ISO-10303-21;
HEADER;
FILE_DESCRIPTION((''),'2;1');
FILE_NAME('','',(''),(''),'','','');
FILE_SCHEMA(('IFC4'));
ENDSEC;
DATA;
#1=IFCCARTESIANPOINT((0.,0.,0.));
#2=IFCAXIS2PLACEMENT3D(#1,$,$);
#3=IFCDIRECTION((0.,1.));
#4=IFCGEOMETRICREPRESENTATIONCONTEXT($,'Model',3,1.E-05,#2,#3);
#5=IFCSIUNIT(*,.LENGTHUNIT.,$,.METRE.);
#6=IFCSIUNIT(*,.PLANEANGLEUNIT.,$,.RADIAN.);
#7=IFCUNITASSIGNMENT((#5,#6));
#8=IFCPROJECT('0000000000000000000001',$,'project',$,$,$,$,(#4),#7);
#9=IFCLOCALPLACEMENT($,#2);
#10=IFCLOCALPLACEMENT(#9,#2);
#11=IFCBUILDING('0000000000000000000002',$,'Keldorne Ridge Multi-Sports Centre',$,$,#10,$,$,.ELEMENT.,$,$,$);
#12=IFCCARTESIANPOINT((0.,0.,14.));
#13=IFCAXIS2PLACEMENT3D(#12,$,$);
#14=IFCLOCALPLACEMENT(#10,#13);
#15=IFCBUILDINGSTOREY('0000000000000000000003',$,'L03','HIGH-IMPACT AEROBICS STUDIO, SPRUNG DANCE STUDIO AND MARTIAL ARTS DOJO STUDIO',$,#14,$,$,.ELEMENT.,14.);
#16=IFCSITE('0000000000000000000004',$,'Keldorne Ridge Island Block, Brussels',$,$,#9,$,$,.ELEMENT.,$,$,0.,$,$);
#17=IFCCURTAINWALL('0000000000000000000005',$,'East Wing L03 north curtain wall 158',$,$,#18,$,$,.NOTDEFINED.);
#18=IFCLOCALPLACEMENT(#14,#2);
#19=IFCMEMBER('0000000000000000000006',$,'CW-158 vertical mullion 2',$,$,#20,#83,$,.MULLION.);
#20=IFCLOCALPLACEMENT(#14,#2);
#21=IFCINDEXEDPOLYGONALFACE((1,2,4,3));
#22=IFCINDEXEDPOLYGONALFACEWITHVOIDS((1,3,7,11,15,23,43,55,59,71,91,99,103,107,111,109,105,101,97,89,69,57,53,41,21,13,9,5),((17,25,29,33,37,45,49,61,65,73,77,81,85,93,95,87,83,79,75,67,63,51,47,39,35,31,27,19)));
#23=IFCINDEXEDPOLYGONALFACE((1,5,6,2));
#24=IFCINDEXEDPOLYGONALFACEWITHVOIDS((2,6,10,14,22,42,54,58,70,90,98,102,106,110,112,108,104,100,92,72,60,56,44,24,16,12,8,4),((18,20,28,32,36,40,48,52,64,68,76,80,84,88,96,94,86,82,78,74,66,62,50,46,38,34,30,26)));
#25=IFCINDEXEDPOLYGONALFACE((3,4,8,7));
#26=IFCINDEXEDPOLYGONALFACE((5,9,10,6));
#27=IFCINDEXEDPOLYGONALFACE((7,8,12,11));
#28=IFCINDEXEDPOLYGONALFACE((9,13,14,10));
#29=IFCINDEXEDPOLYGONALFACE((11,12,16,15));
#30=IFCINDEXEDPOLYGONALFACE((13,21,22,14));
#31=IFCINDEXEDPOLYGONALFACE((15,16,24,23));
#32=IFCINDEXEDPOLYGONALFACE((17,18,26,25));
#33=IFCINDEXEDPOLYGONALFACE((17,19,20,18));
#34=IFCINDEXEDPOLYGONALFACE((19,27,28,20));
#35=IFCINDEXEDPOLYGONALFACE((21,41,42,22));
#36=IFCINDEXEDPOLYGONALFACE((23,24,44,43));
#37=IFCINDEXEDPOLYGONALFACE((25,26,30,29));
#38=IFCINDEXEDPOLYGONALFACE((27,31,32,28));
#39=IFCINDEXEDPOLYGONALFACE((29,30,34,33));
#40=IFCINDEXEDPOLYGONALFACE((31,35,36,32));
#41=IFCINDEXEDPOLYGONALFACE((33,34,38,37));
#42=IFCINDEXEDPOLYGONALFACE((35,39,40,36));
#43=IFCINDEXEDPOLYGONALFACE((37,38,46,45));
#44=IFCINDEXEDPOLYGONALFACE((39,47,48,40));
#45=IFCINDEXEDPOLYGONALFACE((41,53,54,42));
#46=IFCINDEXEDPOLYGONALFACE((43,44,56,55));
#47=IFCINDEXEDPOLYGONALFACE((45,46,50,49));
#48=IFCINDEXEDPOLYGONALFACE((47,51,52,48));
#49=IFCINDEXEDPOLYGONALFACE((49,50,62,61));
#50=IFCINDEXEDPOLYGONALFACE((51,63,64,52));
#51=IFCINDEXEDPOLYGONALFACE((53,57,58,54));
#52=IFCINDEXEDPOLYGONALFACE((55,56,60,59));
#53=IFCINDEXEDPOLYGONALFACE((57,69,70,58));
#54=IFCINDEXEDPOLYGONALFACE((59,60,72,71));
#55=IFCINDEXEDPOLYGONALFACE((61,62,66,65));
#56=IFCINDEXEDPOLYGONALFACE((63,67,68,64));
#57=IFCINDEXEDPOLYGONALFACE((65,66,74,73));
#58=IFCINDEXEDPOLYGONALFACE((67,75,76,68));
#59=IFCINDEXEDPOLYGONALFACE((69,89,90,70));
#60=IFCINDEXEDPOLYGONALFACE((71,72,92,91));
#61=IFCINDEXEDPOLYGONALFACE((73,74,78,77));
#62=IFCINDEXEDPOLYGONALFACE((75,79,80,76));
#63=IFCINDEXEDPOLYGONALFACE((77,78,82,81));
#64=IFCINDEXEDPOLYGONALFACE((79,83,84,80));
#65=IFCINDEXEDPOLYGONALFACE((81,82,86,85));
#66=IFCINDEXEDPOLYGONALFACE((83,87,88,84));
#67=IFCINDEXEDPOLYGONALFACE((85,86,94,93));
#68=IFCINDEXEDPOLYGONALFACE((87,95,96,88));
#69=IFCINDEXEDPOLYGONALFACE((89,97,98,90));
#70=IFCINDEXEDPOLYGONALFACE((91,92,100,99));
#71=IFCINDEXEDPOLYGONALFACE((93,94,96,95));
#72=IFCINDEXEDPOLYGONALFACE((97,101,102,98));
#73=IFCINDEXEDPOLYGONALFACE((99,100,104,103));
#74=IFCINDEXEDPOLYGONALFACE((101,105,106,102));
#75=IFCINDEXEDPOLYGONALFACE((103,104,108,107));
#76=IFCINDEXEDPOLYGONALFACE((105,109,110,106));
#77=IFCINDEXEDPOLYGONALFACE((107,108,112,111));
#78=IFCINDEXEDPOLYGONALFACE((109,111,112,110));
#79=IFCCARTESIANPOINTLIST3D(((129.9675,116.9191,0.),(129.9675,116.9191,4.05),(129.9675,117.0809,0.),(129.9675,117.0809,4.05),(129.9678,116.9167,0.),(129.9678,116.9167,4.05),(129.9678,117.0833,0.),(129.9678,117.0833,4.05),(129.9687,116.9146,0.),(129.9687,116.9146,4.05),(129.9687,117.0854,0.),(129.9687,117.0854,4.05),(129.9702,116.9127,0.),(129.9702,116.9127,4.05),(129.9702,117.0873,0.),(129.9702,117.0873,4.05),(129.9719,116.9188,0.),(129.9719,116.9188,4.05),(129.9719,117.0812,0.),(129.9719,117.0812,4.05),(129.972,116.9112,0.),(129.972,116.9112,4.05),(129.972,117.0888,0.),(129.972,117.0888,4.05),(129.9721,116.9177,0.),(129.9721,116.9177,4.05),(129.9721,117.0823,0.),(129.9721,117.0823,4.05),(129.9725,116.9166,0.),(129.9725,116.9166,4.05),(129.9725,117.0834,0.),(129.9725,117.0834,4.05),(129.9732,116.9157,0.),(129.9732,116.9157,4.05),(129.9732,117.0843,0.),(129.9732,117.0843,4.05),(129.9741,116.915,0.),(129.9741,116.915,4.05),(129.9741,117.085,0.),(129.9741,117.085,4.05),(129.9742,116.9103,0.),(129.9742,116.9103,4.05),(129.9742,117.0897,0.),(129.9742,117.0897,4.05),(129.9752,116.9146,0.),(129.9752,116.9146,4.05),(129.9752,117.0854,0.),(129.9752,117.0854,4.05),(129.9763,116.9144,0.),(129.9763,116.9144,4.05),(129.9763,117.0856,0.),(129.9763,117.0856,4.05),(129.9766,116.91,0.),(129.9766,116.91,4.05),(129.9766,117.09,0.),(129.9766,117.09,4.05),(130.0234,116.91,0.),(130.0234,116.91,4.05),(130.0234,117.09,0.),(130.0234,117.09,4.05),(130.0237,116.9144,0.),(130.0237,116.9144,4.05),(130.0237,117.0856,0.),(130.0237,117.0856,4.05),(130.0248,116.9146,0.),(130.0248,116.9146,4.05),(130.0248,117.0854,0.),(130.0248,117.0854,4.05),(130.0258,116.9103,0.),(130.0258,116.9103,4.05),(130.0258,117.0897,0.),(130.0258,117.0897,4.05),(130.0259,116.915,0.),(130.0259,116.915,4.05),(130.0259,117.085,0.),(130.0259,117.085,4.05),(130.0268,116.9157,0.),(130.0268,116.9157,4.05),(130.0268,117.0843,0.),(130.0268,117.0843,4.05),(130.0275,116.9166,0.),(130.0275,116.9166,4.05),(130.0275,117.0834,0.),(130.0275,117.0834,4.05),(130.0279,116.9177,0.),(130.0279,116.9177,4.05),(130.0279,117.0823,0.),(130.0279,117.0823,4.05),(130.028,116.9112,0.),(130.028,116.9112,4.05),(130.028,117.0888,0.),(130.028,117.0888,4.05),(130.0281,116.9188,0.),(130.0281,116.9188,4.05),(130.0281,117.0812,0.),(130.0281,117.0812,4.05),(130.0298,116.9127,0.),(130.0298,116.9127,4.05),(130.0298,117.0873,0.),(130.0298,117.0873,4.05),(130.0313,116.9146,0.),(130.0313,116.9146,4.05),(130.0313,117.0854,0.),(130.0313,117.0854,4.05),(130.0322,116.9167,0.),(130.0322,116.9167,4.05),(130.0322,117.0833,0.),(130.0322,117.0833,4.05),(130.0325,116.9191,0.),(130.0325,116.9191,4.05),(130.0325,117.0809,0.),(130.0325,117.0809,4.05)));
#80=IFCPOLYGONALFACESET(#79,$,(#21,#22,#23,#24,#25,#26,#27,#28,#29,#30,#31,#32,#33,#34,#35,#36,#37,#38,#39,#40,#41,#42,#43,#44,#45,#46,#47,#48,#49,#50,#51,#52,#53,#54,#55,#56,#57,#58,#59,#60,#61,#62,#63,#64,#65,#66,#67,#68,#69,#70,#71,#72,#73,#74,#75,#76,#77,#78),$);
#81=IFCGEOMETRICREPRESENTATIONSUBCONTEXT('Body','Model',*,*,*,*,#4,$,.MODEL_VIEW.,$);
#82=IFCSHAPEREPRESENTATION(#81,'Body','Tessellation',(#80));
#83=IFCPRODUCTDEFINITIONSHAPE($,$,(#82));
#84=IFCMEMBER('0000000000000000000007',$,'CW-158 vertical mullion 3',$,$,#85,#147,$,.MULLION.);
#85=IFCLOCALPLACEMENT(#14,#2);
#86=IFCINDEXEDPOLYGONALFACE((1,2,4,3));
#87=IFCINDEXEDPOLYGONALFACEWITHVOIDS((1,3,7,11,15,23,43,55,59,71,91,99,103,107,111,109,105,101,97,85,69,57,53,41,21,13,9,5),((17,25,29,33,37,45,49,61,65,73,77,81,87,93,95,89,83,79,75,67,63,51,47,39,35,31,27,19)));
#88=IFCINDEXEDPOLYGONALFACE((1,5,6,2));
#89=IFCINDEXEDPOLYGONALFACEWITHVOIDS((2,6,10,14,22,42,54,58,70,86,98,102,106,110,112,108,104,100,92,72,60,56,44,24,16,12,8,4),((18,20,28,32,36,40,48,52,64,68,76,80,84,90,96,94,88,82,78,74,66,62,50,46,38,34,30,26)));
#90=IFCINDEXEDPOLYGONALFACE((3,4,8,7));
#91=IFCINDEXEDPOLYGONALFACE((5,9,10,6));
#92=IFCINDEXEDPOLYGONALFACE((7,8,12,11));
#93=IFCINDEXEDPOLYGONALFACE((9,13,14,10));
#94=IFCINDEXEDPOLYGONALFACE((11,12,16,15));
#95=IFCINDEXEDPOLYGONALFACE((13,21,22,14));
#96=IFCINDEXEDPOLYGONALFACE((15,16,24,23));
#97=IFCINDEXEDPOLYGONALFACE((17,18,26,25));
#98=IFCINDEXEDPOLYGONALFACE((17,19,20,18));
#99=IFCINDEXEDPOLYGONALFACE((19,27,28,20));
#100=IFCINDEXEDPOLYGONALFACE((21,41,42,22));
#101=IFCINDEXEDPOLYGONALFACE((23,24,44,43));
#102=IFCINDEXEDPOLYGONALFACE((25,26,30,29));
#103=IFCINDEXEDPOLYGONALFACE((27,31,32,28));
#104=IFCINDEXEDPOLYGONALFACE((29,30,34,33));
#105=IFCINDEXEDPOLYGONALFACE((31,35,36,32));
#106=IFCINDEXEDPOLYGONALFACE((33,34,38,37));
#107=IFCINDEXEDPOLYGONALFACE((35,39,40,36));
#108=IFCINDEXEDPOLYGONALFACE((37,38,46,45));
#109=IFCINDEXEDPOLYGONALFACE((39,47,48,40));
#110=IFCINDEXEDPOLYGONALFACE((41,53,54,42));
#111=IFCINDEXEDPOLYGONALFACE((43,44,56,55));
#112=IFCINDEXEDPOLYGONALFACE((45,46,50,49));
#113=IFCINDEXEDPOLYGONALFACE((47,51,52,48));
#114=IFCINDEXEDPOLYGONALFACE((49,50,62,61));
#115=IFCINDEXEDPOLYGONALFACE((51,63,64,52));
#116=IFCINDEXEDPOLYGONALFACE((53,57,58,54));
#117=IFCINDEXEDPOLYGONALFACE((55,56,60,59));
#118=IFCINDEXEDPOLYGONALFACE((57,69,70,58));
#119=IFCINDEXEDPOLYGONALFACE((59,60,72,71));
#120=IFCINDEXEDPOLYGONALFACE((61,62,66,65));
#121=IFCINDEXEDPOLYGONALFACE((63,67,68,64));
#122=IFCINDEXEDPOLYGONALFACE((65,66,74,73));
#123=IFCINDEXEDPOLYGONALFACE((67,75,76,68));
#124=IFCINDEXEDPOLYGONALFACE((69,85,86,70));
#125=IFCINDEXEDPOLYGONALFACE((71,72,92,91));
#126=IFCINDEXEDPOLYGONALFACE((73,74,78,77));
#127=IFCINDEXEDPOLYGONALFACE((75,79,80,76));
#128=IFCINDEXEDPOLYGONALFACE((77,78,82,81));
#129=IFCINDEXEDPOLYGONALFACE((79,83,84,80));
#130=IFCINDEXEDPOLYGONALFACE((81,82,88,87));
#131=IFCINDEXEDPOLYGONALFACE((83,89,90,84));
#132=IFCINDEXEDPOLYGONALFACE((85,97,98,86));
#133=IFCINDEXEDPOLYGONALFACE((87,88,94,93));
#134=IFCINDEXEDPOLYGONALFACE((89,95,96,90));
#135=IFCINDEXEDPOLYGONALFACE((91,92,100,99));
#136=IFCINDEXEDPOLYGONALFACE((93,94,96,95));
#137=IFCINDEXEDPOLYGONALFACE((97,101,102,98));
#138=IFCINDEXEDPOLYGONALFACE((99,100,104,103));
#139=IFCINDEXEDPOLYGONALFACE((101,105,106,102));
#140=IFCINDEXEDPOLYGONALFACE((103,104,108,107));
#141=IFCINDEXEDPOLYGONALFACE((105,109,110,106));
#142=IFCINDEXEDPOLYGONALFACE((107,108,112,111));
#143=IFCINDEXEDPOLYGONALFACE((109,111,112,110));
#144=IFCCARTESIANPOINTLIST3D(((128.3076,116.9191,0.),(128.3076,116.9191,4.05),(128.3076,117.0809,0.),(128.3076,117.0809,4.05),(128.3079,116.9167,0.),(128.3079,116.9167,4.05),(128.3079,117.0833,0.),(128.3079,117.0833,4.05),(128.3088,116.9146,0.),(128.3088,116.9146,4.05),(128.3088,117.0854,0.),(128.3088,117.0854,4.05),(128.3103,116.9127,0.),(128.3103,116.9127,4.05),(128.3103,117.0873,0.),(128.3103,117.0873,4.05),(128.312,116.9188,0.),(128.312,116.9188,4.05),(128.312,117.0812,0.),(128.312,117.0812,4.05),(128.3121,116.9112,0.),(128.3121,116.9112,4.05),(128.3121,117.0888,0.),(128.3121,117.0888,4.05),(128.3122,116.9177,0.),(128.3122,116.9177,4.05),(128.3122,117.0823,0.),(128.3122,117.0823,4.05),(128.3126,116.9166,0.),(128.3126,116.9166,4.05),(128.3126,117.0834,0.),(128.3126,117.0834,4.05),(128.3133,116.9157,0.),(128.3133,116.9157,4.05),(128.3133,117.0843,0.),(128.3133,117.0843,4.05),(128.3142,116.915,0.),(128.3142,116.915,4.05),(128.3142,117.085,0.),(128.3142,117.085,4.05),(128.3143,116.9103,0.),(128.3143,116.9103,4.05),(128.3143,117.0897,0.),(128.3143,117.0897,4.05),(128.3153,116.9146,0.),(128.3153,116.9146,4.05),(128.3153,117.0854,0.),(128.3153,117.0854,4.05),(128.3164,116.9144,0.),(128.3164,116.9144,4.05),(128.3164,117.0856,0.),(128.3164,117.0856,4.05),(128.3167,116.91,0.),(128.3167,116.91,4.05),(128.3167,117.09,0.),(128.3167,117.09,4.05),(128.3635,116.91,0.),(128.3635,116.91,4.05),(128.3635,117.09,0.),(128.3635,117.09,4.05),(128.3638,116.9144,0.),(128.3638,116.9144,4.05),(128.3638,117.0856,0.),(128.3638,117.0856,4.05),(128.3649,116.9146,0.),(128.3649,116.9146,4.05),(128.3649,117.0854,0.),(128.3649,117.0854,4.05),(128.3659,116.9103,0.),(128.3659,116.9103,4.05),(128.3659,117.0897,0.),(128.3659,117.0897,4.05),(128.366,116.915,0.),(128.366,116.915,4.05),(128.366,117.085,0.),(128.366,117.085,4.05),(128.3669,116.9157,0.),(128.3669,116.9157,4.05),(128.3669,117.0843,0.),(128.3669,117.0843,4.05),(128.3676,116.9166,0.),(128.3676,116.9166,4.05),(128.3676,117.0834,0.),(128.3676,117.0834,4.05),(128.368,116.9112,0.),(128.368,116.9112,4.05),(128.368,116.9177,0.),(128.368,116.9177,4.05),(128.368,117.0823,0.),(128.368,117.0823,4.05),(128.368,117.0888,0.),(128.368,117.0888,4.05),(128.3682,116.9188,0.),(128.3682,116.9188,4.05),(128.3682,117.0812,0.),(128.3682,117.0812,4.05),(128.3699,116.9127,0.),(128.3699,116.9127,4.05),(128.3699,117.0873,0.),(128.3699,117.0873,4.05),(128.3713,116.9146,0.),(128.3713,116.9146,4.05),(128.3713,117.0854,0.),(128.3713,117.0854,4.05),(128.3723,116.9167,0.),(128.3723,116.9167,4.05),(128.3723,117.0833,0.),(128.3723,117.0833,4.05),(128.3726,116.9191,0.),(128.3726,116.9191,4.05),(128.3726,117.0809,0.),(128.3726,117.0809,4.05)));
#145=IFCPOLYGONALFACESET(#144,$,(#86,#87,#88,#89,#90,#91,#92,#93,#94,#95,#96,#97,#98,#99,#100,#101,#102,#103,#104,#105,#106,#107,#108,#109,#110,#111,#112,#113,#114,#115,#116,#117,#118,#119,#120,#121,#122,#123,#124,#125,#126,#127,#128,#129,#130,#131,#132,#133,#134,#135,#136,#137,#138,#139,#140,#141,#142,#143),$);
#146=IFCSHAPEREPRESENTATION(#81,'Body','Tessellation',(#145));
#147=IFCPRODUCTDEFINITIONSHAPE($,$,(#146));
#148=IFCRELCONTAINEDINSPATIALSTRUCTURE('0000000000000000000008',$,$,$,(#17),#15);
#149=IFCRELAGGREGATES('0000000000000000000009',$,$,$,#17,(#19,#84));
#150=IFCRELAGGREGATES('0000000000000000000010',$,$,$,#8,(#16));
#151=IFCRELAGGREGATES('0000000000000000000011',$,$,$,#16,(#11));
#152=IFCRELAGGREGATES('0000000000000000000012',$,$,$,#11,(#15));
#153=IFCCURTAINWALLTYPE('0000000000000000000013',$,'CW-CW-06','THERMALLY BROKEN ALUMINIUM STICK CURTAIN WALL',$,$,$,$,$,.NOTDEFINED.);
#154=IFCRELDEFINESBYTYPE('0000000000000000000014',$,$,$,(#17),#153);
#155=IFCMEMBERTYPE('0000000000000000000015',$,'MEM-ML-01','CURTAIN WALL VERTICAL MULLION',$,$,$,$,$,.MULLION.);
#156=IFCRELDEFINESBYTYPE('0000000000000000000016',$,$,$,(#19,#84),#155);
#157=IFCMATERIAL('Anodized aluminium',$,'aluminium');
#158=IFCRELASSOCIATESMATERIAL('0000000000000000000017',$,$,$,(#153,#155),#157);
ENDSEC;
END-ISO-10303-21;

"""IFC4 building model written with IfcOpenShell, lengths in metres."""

from ifc_helpers import new_model, si_unit, direction, frame, origin, origin_2d, place, context, subcontext, project, spatial, hollow_rectangle, extrude, material, material_profile, profile_set, type_object, element, aggregate, save


model = new_model("IFC4")

# Units and contexts
model_context = context("Model", 3, precision=1e-05, world=origin(), true_north=direction((0.0, 1.0)))
body_context = subcontext(model_context, "Body", "Model", "MODEL_VIEW")
ifc_project = project(units=[si_unit("LENGTHUNIT", "METRE"), si_unit("PLANEANGLEUNIT", "RADIAN")], contexts=[model_context])

# Site, building, storey
site_placement = place(None, origin())
site = spatial("IfcSite", under=ifc_project, at=site_placement, Name="Keldorne Ridge Island Block, Brussels", CompositionType="ELEMENT", RefElevation=0.0)
building_placement = place(site_placement, origin())
building = spatial("IfcBuilding", under=site, at=building_placement, Name="Keldorne Ridge Multi-Sports Centre", CompositionType="ELEMENT")
storey_placement = place(building_placement, frame((0.0, 0.0, 14.0)))
storey = spatial("IfcBuildingStorey", under=building, at=storey_placement, Name="L03", Description="HIGH-IMPACT AEROBICS STUDIO, SPRUNG DANCE STUDIO AND MARTIAL ARTS DOJO STUDIO", CompositionType="ELEMENT", Elevation=14.0)

# Curtain wall, members
ifc_material_1 = material(Name="Anodized aluminium", Category="aluminium")
curtain_wall_type = type_object("IfcCurtainWallType", Name="CW-CW-06", Description="THERMALLY BROKEN ALUMINIUM STICK CURTAIN WALL", PredefinedType="NOTDEFINED", material=ifc_material_1)
curtain_wall_placement = place(storey_placement, origin())
curtain_wall = element("IfcCurtainWall", 1, at=curtain_wall_placement, inside=storey, type_object=curtain_wall_type, Name="East Wing L03 north curtain wall 158", PredefinedType="NOTDEFINED")
ifc_material_profile_1 = material_profile(ifc_material_1, hollow_rectangle(XDim=0.0649, YDim=0.1799, WallThickness=0.0044, InnerFilletRadius=0.0044, OuterFilletRadius=0.009, at=origin_2d()), Name="ALU MULLION 180x65x4.5")
ifc_profile_set_1 = profile_set([ifc_material_profile_1], Name="Anodized aluminium")
member_type_1 = type_object("IfcMemberType", Name="MEM-ML-01", Description="CURTAIN WALL VERTICAL MULLION", PredefinedType="MULLION", material=ifc_profile_set_1)
member_1_placement = place(storey_placement, frame((130.0, 117.0, 0.0), z_axis=(0.0, 0.0, 1.0), x_axis=(1.0, 0.0, 0.0)))
member_1 = element("IfcMember", 2, at=member_1_placement, type_object=member_type_1, Name="CW-158 vertical mullion 2", PredefinedType="MULLION", context=body_context, shape_type="SweptSolid", body=[
    extrude(hollow_rectangle(XDim=0.0649, YDim=0.1799, WallThickness=0.0044, InnerFilletRadius=0.0044, OuterFilletRadius=0.009, at=origin_2d()), origin(), (0.0, 0.0, 1.0), 4.05),
])
member_2_placement = place(storey_placement, frame((128.3401, 117.0, 0.0), z_axis=(0.0, 0.0, 1.0), x_axis=(1.0, 0.0, 0.0)))
member_2 = element("IfcMember", 3, at=member_2_placement, type_object=member_type_1, Name="CW-158 vertical mullion 3", PredefinedType="MULLION", context=body_context, shape_type="SweptSolid", body=[
    extrude(hollow_rectangle(XDim=0.0649, YDim=0.1799, WallThickness=0.0044, InnerFilletRadius=0.0044, OuterFilletRadius=0.009, at=origin_2d()), origin(), (0.0, 0.0, 1.0), 4.05),
])
aggregate(curtain_wall, [member_1, member_2])

save(model, "model.ifc")
